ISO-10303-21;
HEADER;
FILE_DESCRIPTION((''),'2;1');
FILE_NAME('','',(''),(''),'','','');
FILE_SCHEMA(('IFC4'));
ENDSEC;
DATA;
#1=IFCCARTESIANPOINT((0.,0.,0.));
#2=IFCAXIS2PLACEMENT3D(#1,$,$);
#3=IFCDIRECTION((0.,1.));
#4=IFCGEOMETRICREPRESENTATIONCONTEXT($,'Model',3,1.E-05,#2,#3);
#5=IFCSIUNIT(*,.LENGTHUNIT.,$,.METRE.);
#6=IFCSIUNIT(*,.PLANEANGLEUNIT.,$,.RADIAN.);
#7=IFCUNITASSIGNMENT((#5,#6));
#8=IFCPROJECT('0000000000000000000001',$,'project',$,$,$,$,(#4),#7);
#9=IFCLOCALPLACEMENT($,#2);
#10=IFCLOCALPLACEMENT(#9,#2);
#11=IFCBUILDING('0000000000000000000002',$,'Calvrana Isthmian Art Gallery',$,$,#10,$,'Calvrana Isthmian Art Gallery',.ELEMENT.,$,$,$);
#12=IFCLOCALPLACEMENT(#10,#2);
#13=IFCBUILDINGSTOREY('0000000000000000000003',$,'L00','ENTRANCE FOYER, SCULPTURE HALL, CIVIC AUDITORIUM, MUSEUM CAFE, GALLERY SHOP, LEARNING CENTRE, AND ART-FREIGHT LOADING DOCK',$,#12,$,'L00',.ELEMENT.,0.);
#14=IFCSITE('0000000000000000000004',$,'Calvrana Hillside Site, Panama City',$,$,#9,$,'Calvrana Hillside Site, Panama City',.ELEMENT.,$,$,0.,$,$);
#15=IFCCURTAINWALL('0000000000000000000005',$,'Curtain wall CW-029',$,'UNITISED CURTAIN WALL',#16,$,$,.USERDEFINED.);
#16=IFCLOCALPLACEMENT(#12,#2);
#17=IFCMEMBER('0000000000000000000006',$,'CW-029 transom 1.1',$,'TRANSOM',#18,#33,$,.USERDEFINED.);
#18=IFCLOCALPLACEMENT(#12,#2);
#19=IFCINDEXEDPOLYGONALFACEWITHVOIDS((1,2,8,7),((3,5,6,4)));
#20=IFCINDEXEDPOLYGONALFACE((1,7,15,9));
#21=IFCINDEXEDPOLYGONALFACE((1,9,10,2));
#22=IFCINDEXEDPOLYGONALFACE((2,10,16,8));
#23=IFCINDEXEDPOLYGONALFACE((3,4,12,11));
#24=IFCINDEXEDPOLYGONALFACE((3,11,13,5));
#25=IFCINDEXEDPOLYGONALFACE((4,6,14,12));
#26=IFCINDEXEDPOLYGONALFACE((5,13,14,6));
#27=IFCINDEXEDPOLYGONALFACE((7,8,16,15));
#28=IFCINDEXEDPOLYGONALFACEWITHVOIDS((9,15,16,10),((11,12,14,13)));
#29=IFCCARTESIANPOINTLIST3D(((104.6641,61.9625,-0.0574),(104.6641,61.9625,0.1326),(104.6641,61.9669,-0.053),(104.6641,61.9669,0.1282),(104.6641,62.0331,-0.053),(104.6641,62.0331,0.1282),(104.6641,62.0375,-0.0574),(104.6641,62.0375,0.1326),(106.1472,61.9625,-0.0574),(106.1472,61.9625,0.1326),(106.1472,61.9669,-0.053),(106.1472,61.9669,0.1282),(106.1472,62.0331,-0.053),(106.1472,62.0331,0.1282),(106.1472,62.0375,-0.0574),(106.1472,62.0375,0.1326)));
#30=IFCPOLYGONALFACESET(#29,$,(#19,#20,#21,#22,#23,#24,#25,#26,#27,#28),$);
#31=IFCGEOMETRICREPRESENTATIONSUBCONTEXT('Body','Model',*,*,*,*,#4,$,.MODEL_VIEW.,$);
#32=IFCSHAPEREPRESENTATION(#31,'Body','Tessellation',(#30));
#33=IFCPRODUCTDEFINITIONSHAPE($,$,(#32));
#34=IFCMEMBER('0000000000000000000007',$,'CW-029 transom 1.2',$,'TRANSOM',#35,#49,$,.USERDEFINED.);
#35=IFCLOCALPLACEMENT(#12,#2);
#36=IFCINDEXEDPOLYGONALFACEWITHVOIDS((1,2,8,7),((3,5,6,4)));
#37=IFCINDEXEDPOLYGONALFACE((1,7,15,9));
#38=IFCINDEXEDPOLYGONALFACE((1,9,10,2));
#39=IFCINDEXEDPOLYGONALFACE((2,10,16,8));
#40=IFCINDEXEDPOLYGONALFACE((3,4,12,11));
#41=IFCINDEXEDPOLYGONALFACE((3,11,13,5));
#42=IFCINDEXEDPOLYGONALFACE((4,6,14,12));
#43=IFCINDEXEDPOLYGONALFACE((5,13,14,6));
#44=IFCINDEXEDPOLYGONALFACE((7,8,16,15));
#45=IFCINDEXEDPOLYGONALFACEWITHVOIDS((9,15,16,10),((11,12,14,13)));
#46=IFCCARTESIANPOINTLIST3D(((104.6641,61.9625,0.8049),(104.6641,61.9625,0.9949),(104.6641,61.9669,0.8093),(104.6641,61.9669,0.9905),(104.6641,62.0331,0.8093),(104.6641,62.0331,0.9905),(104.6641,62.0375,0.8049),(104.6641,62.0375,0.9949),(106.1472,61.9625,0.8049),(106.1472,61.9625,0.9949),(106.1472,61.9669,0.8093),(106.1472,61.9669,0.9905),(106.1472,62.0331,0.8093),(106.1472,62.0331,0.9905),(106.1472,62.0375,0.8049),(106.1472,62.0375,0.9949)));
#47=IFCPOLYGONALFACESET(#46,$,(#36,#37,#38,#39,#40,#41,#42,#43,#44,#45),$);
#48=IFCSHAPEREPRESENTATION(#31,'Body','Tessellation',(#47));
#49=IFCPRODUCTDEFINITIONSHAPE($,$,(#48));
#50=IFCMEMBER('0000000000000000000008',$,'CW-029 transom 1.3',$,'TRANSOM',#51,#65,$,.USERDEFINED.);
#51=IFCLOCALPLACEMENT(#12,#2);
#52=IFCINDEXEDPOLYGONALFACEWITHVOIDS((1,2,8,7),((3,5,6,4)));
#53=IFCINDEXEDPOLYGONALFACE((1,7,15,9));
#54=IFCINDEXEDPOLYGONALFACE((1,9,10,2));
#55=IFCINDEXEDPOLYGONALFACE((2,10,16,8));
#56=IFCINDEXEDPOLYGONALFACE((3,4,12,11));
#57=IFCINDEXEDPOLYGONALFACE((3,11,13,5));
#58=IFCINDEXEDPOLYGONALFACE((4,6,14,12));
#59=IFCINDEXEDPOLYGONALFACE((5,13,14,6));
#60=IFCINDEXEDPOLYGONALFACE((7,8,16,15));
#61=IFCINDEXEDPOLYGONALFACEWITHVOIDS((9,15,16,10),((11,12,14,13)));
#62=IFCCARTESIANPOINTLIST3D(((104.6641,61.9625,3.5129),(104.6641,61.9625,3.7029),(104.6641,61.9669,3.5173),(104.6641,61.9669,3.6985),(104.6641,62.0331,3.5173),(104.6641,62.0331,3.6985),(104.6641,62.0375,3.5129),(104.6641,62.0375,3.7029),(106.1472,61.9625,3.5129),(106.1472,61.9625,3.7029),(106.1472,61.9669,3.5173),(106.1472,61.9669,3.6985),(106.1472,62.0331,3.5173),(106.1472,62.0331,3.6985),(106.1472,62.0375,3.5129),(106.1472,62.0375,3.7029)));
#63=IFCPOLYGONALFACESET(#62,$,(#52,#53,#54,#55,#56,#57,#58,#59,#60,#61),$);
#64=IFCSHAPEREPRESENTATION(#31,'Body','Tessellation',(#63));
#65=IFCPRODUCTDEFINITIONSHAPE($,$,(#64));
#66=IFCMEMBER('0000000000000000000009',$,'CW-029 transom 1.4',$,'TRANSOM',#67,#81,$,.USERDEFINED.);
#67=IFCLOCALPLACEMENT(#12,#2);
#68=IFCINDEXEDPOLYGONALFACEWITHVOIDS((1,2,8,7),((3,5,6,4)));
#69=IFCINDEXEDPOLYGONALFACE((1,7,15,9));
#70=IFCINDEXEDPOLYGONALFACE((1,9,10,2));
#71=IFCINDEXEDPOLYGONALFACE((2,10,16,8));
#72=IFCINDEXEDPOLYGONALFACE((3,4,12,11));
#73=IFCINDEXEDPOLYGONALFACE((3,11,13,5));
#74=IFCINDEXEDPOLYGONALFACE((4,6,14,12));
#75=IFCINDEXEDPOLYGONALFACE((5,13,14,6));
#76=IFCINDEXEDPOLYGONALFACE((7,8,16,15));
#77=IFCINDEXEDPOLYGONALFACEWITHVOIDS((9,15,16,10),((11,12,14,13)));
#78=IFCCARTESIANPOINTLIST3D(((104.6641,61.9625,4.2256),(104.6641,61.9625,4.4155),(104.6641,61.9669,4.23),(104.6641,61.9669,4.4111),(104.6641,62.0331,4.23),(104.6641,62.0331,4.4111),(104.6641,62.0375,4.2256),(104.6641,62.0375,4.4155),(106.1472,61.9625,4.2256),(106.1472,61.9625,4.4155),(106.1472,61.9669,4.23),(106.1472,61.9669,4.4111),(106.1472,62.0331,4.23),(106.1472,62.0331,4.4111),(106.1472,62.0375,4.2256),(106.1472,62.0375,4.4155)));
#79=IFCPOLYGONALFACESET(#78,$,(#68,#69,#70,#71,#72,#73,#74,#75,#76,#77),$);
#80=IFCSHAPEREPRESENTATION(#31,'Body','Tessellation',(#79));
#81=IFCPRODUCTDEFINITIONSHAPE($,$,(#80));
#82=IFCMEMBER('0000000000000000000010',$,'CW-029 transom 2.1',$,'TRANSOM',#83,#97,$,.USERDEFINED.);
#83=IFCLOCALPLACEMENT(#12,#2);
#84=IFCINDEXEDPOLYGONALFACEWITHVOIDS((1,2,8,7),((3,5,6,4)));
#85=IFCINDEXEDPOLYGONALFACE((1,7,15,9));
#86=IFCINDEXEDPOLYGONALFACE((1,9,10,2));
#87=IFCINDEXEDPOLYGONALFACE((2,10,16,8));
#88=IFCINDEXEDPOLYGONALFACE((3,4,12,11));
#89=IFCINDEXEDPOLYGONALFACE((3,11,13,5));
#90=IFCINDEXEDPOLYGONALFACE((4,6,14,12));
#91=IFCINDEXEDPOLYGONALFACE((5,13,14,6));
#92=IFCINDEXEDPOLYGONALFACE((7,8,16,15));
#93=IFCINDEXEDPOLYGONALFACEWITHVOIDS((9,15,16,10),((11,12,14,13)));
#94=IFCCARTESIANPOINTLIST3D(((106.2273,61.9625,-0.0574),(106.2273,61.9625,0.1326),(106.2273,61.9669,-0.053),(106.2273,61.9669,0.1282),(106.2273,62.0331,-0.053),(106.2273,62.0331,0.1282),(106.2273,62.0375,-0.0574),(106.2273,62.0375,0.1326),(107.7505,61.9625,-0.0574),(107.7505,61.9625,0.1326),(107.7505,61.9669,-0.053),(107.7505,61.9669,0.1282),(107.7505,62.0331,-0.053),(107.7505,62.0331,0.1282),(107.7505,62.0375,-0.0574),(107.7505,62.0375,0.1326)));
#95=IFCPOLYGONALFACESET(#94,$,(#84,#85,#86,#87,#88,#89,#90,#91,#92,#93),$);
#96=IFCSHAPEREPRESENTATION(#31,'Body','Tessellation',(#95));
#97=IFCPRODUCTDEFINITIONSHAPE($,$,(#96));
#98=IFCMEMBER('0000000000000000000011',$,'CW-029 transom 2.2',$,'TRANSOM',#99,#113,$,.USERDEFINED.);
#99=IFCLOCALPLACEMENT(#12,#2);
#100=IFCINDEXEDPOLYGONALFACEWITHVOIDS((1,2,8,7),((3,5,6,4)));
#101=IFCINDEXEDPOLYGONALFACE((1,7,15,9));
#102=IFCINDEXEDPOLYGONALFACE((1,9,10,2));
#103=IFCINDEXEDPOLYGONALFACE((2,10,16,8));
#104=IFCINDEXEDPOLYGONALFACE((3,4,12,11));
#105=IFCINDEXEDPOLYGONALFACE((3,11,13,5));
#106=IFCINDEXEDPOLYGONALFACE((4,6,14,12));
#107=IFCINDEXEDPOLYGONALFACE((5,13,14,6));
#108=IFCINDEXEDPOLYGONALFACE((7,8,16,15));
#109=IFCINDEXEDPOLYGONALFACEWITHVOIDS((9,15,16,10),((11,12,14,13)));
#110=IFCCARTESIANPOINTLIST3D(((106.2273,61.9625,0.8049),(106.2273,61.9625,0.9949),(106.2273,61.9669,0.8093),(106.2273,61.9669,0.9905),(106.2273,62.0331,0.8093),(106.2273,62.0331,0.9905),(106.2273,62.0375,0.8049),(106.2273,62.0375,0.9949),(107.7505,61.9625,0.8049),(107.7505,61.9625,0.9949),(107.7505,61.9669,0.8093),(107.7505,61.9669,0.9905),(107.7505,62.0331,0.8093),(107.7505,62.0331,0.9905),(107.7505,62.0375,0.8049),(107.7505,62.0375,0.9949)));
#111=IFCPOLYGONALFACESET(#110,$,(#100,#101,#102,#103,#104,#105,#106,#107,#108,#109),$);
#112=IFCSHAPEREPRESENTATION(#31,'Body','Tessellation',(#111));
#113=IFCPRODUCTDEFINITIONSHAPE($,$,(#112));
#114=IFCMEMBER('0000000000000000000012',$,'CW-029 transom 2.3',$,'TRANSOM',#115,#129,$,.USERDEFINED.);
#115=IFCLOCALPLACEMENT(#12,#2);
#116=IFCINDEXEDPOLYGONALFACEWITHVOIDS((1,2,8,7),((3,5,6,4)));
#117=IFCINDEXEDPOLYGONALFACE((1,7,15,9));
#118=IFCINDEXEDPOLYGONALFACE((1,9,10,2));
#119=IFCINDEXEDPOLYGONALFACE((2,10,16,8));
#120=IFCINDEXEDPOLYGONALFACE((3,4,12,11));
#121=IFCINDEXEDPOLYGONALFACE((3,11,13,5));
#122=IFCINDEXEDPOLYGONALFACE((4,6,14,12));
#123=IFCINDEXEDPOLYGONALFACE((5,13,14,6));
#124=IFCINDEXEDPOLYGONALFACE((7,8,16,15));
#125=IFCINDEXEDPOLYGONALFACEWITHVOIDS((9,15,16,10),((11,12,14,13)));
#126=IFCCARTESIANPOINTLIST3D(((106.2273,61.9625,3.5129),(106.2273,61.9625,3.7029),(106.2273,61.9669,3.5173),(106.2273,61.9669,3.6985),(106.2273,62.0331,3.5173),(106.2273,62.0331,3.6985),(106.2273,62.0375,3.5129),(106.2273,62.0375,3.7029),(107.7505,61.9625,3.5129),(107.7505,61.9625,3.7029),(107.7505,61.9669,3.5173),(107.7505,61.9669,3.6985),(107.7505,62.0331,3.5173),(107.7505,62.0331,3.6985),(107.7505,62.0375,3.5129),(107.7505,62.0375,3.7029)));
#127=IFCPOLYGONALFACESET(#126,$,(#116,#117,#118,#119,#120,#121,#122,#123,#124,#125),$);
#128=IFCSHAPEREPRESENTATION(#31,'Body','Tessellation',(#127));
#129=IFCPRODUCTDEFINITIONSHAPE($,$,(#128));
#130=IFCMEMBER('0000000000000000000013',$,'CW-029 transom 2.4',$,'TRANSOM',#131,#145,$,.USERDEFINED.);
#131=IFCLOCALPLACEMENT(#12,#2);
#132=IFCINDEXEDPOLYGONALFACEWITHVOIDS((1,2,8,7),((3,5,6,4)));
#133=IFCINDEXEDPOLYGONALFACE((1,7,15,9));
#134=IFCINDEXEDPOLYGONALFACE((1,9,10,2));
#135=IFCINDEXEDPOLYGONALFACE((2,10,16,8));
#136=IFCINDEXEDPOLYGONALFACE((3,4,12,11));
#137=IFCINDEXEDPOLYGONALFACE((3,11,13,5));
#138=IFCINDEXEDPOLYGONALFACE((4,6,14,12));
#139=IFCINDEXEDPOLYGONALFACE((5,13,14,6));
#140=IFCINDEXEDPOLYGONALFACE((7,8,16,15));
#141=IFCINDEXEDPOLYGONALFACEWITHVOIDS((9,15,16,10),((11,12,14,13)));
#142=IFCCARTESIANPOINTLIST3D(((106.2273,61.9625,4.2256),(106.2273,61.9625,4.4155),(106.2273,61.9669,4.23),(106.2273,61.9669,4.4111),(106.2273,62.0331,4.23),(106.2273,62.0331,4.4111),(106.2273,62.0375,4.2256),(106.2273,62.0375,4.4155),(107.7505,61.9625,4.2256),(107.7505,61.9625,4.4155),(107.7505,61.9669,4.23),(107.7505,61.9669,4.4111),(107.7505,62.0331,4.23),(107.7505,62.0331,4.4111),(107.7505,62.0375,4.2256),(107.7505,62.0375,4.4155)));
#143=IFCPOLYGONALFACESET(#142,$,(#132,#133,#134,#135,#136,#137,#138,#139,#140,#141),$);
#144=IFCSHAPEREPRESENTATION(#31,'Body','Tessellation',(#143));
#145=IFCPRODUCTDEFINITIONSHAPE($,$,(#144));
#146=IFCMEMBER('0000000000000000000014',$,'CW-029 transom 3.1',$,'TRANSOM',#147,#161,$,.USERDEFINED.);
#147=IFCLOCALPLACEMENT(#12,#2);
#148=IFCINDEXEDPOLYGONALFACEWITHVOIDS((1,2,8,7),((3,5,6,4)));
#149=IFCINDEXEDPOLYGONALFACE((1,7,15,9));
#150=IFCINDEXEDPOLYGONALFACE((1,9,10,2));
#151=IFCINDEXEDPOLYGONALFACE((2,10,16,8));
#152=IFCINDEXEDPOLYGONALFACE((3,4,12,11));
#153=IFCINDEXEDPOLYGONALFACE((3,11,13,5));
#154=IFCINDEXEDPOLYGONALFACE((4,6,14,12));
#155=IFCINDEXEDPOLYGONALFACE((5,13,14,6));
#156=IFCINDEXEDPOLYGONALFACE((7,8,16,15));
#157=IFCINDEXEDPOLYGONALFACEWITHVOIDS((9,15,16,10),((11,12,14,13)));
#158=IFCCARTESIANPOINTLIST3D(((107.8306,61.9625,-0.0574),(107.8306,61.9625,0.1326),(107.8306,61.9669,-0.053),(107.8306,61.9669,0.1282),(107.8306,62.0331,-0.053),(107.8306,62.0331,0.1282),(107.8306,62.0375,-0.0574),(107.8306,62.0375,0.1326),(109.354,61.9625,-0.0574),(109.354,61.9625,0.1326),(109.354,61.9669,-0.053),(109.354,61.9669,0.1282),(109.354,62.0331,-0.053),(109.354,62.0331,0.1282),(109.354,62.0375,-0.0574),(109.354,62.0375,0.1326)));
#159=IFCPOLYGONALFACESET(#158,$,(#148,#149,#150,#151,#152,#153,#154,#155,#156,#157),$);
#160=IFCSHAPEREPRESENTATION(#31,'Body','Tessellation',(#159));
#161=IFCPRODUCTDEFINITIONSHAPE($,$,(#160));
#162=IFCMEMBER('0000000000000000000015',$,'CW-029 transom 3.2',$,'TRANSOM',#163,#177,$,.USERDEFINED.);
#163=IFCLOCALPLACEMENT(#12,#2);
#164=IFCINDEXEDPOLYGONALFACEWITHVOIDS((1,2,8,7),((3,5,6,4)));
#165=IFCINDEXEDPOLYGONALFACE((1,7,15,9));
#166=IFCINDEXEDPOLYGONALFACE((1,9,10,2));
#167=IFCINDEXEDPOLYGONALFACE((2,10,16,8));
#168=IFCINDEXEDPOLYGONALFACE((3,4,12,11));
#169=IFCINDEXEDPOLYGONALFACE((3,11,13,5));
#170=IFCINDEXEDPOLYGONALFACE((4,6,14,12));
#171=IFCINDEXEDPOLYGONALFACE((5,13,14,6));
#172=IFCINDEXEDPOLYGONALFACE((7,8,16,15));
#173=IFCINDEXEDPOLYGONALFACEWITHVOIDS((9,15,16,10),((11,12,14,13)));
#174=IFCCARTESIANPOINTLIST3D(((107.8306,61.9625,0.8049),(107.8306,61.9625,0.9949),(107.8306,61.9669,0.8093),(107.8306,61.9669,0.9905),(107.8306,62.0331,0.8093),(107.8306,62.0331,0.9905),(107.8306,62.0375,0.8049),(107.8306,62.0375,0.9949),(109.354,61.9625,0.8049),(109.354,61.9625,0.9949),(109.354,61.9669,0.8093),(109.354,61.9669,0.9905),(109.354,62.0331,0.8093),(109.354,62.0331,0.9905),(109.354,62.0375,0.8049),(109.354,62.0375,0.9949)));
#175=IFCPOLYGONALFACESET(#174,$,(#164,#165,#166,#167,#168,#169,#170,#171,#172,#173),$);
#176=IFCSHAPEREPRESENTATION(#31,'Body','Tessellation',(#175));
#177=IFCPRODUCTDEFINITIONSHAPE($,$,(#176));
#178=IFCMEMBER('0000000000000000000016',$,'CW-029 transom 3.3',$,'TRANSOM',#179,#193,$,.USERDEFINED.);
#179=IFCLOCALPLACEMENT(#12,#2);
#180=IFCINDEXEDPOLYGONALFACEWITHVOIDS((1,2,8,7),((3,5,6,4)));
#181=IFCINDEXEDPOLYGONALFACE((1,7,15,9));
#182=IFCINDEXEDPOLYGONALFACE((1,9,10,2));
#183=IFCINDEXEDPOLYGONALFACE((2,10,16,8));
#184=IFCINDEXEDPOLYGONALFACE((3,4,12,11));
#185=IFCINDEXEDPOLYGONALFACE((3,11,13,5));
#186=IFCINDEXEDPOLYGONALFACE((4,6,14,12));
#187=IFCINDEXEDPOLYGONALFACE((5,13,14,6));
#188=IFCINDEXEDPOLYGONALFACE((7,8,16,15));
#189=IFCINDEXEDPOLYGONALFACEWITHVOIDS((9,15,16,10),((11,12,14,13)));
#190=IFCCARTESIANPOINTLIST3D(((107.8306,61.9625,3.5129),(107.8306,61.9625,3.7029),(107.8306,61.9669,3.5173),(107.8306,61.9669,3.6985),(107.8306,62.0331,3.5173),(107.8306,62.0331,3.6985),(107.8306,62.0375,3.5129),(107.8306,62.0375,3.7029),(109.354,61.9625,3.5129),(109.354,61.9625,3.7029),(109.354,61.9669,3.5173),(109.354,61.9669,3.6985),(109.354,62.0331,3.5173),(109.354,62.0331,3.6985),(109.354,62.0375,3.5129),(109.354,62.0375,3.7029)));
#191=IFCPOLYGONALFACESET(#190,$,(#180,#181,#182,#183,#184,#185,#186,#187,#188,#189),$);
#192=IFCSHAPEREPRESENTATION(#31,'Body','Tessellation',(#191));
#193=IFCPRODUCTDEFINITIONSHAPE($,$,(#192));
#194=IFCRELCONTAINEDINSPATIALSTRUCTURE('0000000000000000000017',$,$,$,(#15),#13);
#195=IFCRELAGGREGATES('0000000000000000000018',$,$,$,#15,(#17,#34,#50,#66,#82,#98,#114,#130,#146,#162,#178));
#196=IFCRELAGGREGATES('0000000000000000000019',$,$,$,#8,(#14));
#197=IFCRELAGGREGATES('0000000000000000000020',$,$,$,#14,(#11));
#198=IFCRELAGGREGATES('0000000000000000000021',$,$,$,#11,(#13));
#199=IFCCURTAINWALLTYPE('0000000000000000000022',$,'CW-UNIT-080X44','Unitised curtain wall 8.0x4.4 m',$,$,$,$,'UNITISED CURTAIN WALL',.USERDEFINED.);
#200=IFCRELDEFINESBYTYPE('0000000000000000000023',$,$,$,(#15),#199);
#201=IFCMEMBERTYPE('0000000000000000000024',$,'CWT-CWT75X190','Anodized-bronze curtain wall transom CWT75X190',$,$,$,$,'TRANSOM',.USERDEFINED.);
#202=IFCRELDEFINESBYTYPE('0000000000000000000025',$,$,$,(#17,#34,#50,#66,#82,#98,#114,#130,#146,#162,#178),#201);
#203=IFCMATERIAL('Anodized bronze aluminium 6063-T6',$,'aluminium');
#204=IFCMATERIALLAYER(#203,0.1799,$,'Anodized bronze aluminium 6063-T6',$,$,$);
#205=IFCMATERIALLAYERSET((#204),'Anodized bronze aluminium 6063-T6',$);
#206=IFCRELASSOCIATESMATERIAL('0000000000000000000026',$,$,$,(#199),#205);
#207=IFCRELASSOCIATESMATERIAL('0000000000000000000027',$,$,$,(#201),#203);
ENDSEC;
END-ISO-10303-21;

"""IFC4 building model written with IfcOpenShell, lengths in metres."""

from ifc_helpers import new_model, si_unit, direction, frame, origin, origin_2d, place, context, subcontext, project, spatial, hollow_rectangle, extrude, material, layer, layer_set, material_profile, profile_set, type_object, element, aggregate, save


model = new_model("IFC4")

# Units and contexts
model_context = context("Model", 3, precision=1e-05, world=origin(), true_north=direction((0.0, 1.0)))
body_context = subcontext(model_context, "Body", "Model", "MODEL_VIEW")
ifc_project = project(units=[si_unit("LENGTHUNIT", "METRE"), si_unit("PLANEANGLEUNIT", "RADIAN")], contexts=[model_context])

# Site, building, storey
site_placement = place(None, origin())
site = spatial("IfcSite", under=ifc_project, at=site_placement, Name="Calvrana Hillside Site, Panama City", LongName="Calvrana Hillside Site, Panama City", CompositionType="ELEMENT", RefElevation=0.0)
building_placement = place(site_placement, origin())
building = spatial("IfcBuilding", under=site, at=building_placement, Name="Calvrana Isthmian Art Gallery", LongName="Calvrana Isthmian Art Gallery", CompositionType="ELEMENT")
storey_placement = place(building_placement, origin())
storey = spatial("IfcBuildingStorey", under=building, at=storey_placement, Name="L00", Description="ENTRANCE FOYER, SCULPTURE HALL, CIVIC AUDITORIUM, MUSEUM CAFE, GALLERY SHOP, LEARNING CENTRE, AND ART-FREIGHT LOADING DOCK", LongName="L00", CompositionType="ELEMENT", Elevation=0.0)

# Curtain wall, members
ifc_material_1 = material(Name="Anodized bronze aluminium 6063-T6", Category="aluminium")
ifc_layer_1 = layer(ifc_material_1, 0.1799, Name="Anodized bronze aluminium 6063-T6")
ifc_layer_set_1 = layer_set([ifc_layer_1], Name="Anodized bronze aluminium 6063-T6")
curtain_wall_type = type_object("IfcCurtainWallType", Name="CW-UNIT-080X44", Description="Unitised curtain wall 8.0x4.4 m", ElementType="UNITISED CURTAIN WALL", PredefinedType="USERDEFINED", material=ifc_layer_set_1)
curtain_wall_placement = place(storey_placement, origin())
curtain_wall = element("IfcCurtainWall", 1, at=curtain_wall_placement, inside=storey, type_object=curtain_wall_type, Name="Curtain wall CW-029", ObjectType="UNITISED CURTAIN WALL", PredefinedType="USERDEFINED")
ifc_material_profile_1 = material_profile(ifc_material_1, hollow_rectangle(XDim=0.075, YDim=0.1899, WallThickness=0.0044, at=origin_2d()), Name="CWT75X190")
ifc_profile_set_1 = profile_set([ifc_material_profile_1], Name="Anodized bronze aluminium 6063-T6")
member_type_1 = type_object("IfcMemberType", Name="CWT-CWT75X190", Description="Anodized-bronze curtain wall transom CWT75X190", ElementType="TRANSOM", PredefinedType="USERDEFINED", material=ifc_profile_set_1)
member_1_placement = place(storey_placement, frame((104.6641, 62.0, 0.0376), z_axis=(1.0, 0.0, 0.0), x_axis=(0.0, 1.0, 0.0)))
member_1 = element("IfcMember", 2, at=member_1_placement, type_object=member_type_1, Name="CW-029 transom 1.1", ObjectType="TRANSOM", PredefinedType="USERDEFINED", context=body_context, shape_type="SweptSolid", body=[
    extrude(hollow_rectangle(XDim=0.075, YDim=0.1899, WallThickness=0.0044, at=origin_2d()), origin(), (0.0, 0.0, 1.0), 1.4832),
])
member_2_placement = place(storey_placement, frame((104.6641, 62.0, 0.8999), z_axis=(1.0, 0.0, 0.0), x_axis=(0.0, 1.0, 0.0)))
member_2 = element("IfcMember", 3, at=member_2_placement, type_object=member_type_1, Name="CW-029 transom 1.2", ObjectType="TRANSOM", PredefinedType="USERDEFINED", context=body_context, shape_type="SweptSolid", body=[
    extrude(hollow_rectangle(XDim=0.075, YDim=0.1899, WallThickness=0.0044, at=origin_2d()), origin(), (0.0, 0.0, 1.0), 1.4832),
])
member_3_placement = place(storey_placement, frame((104.6641, 62.0, 3.6079), z_axis=(1.0, 0.0, 0.0), x_axis=(0.0, 1.0, 0.0)))
member_3 = element("IfcMember", 4, at=member_3_placement, type_object=member_type_1, Name="CW-029 transom 1.3", ObjectType="TRANSOM", PredefinedType="USERDEFINED", context=body_context, shape_type="SweptSolid", body=[
    extrude(hollow_rectangle(XDim=0.075, YDim=0.1899, WallThickness=0.0044, at=origin_2d()), origin(), (0.0, 0.0, 1.0), 1.4832),
])
member_4_placement = place(storey_placement, frame((104.6641, 62.0, 4.3206), z_axis=(1.0, 0.0, 0.0), x_axis=(0.0, 1.0, 0.0)))
member_4 = element("IfcMember", 5, at=member_4_placement, type_object=member_type_1, Name="CW-029 transom 1.4", ObjectType="TRANSOM", PredefinedType="USERDEFINED", context=body_context, shape_type="SweptSolid", body=[
    extrude(hollow_rectangle(XDim=0.075, YDim=0.1899, WallThickness=0.0044, at=origin_2d()), origin(), (0.0, 0.0, 1.0), 1.4832),
])
member_5_placement = place(storey_placement, frame((106.2273, 62.0, 0.0376), z_axis=(1.0, 0.0, 0.0), x_axis=(0.0, 1.0, 0.0)))
member_5 = element("IfcMember", 6, at=member_5_placement, type_object=member_type_1, Name="CW-029 transom 2.1", ObjectType="TRANSOM", PredefinedType="USERDEFINED", context=body_context, shape_type="SweptSolid", body=[
    extrude(hollow_rectangle(XDim=0.075, YDim=0.1899, WallThickness=0.0044, at=origin_2d()), origin(), (0.0, 0.0, 1.0), 1.5232),
])
member_6_placement = place(storey_placement, frame((106.2273, 62.0, 0.8999), z_axis=(1.0, 0.0, 0.0), x_axis=(0.0, 1.0, 0.0)))
member_6 = element("IfcMember", 7, at=member_6_placement, type_object=member_type_1, Name="CW-029 transom 2.2", ObjectType="TRANSOM", PredefinedType="USERDEFINED", context=body_context, shape_type="SweptSolid", body=[
    extrude(hollow_rectangle(XDim=0.075, YDim=0.1899, WallThickness=0.0044, at=origin_2d()), origin(), (0.0, 0.0, 1.0), 1.5232),
])
member_7_placement = place(storey_placement, frame((106.2273, 62.0, 3.6079), z_axis=(1.0, 0.0, 0.0), x_axis=(0.0, 1.0, 0.0)))
member_7 = element("IfcMember", 8, at=member_7_placement, type_object=member_type_1, Name="CW-029 transom 2.3", ObjectType="TRANSOM", PredefinedType="USERDEFINED", context=body_context, shape_type="SweptSolid", body=[
    extrude(hollow_rectangle(XDim=0.075, YDim=0.1899, WallThickness=0.0044, at=origin_2d()), origin(), (0.0, 0.0, 1.0), 1.5232),
])
member_8_placement = place(storey_placement, frame((106.2273, 62.0, 4.3206), z_axis=(1.0, 0.0, 0.0), x_axis=(0.0, 1.0, 0.0)))
member_8 = element("IfcMember", 9, at=member_8_placement, type_object=member_type_1, Name="CW-029 transom 2.4", ObjectType="TRANSOM", PredefinedType="USERDEFINED", context=body_context, shape_type="SweptSolid", body=[
    extrude(hollow_rectangle(XDim=0.075, YDim=0.1899, WallThickness=0.0044, at=origin_2d()), origin(), (0.0, 0.0, 1.0), 1.5232),
])
member_9_placement = place(storey_placement, frame((107.8306, 62.0, 0.0376), z_axis=(1.0, 0.0, 0.0), x_axis=(0.0, 1.0, 0.0)))
member_9 = element("IfcMember", 10, at=member_9_placement, type_object=member_type_1, Name="CW-029 transom 3.1", ObjectType="TRANSOM", PredefinedType="USERDEFINED", context=body_context, shape_type="SweptSolid", body=[
    extrude(hollow_rectangle(XDim=0.075, YDim=0.1899, WallThickness=0.0044, at=origin_2d()), origin(), (0.0, 0.0, 1.0), 1.5234),
])
member_10_placement = place(storey_placement, frame((107.8306, 62.0, 0.8999), z_axis=(1.0, 0.0, 0.0), x_axis=(0.0, 1.0, 0.0)))
member_10 = element("IfcMember", 11, at=member_10_placement, type_object=member_type_1, Name="CW-029 transom 3.2", ObjectType="TRANSOM", PredefinedType="USERDEFINED", context=body_context, shape_type="SweptSolid", body=[
    extrude(hollow_rectangle(XDim=0.075, YDim=0.1899, WallThickness=0.0044, at=origin_2d()), origin(), (0.0, 0.0, 1.0), 1.5234),
])
member_11_placement = place(storey_placement, frame((107.8306, 62.0, 3.6079), z_axis=(1.0, 0.0, 0.0), x_axis=(0.0, 1.0, 0.0)))
member_11 = element("IfcMember", 12, at=member_11_placement, type_object=member_type_1, Name="CW-029 transom 3.3", ObjectType="TRANSOM", PredefinedType="USERDEFINED", context=body_context, shape_type="SweptSolid", body=[
    extrude(hollow_rectangle(XDim=0.075, YDim=0.1899, WallThickness=0.0044, at=origin_2d()), origin(), (0.0, 0.0, 1.0), 1.5234),
])
aggregate(curtain_wall, [member_1, member_2, member_3, member_4, member_5, member_6, member_7, member_8, member_9, member_10, member_11])

save(model, "model.ifc")
